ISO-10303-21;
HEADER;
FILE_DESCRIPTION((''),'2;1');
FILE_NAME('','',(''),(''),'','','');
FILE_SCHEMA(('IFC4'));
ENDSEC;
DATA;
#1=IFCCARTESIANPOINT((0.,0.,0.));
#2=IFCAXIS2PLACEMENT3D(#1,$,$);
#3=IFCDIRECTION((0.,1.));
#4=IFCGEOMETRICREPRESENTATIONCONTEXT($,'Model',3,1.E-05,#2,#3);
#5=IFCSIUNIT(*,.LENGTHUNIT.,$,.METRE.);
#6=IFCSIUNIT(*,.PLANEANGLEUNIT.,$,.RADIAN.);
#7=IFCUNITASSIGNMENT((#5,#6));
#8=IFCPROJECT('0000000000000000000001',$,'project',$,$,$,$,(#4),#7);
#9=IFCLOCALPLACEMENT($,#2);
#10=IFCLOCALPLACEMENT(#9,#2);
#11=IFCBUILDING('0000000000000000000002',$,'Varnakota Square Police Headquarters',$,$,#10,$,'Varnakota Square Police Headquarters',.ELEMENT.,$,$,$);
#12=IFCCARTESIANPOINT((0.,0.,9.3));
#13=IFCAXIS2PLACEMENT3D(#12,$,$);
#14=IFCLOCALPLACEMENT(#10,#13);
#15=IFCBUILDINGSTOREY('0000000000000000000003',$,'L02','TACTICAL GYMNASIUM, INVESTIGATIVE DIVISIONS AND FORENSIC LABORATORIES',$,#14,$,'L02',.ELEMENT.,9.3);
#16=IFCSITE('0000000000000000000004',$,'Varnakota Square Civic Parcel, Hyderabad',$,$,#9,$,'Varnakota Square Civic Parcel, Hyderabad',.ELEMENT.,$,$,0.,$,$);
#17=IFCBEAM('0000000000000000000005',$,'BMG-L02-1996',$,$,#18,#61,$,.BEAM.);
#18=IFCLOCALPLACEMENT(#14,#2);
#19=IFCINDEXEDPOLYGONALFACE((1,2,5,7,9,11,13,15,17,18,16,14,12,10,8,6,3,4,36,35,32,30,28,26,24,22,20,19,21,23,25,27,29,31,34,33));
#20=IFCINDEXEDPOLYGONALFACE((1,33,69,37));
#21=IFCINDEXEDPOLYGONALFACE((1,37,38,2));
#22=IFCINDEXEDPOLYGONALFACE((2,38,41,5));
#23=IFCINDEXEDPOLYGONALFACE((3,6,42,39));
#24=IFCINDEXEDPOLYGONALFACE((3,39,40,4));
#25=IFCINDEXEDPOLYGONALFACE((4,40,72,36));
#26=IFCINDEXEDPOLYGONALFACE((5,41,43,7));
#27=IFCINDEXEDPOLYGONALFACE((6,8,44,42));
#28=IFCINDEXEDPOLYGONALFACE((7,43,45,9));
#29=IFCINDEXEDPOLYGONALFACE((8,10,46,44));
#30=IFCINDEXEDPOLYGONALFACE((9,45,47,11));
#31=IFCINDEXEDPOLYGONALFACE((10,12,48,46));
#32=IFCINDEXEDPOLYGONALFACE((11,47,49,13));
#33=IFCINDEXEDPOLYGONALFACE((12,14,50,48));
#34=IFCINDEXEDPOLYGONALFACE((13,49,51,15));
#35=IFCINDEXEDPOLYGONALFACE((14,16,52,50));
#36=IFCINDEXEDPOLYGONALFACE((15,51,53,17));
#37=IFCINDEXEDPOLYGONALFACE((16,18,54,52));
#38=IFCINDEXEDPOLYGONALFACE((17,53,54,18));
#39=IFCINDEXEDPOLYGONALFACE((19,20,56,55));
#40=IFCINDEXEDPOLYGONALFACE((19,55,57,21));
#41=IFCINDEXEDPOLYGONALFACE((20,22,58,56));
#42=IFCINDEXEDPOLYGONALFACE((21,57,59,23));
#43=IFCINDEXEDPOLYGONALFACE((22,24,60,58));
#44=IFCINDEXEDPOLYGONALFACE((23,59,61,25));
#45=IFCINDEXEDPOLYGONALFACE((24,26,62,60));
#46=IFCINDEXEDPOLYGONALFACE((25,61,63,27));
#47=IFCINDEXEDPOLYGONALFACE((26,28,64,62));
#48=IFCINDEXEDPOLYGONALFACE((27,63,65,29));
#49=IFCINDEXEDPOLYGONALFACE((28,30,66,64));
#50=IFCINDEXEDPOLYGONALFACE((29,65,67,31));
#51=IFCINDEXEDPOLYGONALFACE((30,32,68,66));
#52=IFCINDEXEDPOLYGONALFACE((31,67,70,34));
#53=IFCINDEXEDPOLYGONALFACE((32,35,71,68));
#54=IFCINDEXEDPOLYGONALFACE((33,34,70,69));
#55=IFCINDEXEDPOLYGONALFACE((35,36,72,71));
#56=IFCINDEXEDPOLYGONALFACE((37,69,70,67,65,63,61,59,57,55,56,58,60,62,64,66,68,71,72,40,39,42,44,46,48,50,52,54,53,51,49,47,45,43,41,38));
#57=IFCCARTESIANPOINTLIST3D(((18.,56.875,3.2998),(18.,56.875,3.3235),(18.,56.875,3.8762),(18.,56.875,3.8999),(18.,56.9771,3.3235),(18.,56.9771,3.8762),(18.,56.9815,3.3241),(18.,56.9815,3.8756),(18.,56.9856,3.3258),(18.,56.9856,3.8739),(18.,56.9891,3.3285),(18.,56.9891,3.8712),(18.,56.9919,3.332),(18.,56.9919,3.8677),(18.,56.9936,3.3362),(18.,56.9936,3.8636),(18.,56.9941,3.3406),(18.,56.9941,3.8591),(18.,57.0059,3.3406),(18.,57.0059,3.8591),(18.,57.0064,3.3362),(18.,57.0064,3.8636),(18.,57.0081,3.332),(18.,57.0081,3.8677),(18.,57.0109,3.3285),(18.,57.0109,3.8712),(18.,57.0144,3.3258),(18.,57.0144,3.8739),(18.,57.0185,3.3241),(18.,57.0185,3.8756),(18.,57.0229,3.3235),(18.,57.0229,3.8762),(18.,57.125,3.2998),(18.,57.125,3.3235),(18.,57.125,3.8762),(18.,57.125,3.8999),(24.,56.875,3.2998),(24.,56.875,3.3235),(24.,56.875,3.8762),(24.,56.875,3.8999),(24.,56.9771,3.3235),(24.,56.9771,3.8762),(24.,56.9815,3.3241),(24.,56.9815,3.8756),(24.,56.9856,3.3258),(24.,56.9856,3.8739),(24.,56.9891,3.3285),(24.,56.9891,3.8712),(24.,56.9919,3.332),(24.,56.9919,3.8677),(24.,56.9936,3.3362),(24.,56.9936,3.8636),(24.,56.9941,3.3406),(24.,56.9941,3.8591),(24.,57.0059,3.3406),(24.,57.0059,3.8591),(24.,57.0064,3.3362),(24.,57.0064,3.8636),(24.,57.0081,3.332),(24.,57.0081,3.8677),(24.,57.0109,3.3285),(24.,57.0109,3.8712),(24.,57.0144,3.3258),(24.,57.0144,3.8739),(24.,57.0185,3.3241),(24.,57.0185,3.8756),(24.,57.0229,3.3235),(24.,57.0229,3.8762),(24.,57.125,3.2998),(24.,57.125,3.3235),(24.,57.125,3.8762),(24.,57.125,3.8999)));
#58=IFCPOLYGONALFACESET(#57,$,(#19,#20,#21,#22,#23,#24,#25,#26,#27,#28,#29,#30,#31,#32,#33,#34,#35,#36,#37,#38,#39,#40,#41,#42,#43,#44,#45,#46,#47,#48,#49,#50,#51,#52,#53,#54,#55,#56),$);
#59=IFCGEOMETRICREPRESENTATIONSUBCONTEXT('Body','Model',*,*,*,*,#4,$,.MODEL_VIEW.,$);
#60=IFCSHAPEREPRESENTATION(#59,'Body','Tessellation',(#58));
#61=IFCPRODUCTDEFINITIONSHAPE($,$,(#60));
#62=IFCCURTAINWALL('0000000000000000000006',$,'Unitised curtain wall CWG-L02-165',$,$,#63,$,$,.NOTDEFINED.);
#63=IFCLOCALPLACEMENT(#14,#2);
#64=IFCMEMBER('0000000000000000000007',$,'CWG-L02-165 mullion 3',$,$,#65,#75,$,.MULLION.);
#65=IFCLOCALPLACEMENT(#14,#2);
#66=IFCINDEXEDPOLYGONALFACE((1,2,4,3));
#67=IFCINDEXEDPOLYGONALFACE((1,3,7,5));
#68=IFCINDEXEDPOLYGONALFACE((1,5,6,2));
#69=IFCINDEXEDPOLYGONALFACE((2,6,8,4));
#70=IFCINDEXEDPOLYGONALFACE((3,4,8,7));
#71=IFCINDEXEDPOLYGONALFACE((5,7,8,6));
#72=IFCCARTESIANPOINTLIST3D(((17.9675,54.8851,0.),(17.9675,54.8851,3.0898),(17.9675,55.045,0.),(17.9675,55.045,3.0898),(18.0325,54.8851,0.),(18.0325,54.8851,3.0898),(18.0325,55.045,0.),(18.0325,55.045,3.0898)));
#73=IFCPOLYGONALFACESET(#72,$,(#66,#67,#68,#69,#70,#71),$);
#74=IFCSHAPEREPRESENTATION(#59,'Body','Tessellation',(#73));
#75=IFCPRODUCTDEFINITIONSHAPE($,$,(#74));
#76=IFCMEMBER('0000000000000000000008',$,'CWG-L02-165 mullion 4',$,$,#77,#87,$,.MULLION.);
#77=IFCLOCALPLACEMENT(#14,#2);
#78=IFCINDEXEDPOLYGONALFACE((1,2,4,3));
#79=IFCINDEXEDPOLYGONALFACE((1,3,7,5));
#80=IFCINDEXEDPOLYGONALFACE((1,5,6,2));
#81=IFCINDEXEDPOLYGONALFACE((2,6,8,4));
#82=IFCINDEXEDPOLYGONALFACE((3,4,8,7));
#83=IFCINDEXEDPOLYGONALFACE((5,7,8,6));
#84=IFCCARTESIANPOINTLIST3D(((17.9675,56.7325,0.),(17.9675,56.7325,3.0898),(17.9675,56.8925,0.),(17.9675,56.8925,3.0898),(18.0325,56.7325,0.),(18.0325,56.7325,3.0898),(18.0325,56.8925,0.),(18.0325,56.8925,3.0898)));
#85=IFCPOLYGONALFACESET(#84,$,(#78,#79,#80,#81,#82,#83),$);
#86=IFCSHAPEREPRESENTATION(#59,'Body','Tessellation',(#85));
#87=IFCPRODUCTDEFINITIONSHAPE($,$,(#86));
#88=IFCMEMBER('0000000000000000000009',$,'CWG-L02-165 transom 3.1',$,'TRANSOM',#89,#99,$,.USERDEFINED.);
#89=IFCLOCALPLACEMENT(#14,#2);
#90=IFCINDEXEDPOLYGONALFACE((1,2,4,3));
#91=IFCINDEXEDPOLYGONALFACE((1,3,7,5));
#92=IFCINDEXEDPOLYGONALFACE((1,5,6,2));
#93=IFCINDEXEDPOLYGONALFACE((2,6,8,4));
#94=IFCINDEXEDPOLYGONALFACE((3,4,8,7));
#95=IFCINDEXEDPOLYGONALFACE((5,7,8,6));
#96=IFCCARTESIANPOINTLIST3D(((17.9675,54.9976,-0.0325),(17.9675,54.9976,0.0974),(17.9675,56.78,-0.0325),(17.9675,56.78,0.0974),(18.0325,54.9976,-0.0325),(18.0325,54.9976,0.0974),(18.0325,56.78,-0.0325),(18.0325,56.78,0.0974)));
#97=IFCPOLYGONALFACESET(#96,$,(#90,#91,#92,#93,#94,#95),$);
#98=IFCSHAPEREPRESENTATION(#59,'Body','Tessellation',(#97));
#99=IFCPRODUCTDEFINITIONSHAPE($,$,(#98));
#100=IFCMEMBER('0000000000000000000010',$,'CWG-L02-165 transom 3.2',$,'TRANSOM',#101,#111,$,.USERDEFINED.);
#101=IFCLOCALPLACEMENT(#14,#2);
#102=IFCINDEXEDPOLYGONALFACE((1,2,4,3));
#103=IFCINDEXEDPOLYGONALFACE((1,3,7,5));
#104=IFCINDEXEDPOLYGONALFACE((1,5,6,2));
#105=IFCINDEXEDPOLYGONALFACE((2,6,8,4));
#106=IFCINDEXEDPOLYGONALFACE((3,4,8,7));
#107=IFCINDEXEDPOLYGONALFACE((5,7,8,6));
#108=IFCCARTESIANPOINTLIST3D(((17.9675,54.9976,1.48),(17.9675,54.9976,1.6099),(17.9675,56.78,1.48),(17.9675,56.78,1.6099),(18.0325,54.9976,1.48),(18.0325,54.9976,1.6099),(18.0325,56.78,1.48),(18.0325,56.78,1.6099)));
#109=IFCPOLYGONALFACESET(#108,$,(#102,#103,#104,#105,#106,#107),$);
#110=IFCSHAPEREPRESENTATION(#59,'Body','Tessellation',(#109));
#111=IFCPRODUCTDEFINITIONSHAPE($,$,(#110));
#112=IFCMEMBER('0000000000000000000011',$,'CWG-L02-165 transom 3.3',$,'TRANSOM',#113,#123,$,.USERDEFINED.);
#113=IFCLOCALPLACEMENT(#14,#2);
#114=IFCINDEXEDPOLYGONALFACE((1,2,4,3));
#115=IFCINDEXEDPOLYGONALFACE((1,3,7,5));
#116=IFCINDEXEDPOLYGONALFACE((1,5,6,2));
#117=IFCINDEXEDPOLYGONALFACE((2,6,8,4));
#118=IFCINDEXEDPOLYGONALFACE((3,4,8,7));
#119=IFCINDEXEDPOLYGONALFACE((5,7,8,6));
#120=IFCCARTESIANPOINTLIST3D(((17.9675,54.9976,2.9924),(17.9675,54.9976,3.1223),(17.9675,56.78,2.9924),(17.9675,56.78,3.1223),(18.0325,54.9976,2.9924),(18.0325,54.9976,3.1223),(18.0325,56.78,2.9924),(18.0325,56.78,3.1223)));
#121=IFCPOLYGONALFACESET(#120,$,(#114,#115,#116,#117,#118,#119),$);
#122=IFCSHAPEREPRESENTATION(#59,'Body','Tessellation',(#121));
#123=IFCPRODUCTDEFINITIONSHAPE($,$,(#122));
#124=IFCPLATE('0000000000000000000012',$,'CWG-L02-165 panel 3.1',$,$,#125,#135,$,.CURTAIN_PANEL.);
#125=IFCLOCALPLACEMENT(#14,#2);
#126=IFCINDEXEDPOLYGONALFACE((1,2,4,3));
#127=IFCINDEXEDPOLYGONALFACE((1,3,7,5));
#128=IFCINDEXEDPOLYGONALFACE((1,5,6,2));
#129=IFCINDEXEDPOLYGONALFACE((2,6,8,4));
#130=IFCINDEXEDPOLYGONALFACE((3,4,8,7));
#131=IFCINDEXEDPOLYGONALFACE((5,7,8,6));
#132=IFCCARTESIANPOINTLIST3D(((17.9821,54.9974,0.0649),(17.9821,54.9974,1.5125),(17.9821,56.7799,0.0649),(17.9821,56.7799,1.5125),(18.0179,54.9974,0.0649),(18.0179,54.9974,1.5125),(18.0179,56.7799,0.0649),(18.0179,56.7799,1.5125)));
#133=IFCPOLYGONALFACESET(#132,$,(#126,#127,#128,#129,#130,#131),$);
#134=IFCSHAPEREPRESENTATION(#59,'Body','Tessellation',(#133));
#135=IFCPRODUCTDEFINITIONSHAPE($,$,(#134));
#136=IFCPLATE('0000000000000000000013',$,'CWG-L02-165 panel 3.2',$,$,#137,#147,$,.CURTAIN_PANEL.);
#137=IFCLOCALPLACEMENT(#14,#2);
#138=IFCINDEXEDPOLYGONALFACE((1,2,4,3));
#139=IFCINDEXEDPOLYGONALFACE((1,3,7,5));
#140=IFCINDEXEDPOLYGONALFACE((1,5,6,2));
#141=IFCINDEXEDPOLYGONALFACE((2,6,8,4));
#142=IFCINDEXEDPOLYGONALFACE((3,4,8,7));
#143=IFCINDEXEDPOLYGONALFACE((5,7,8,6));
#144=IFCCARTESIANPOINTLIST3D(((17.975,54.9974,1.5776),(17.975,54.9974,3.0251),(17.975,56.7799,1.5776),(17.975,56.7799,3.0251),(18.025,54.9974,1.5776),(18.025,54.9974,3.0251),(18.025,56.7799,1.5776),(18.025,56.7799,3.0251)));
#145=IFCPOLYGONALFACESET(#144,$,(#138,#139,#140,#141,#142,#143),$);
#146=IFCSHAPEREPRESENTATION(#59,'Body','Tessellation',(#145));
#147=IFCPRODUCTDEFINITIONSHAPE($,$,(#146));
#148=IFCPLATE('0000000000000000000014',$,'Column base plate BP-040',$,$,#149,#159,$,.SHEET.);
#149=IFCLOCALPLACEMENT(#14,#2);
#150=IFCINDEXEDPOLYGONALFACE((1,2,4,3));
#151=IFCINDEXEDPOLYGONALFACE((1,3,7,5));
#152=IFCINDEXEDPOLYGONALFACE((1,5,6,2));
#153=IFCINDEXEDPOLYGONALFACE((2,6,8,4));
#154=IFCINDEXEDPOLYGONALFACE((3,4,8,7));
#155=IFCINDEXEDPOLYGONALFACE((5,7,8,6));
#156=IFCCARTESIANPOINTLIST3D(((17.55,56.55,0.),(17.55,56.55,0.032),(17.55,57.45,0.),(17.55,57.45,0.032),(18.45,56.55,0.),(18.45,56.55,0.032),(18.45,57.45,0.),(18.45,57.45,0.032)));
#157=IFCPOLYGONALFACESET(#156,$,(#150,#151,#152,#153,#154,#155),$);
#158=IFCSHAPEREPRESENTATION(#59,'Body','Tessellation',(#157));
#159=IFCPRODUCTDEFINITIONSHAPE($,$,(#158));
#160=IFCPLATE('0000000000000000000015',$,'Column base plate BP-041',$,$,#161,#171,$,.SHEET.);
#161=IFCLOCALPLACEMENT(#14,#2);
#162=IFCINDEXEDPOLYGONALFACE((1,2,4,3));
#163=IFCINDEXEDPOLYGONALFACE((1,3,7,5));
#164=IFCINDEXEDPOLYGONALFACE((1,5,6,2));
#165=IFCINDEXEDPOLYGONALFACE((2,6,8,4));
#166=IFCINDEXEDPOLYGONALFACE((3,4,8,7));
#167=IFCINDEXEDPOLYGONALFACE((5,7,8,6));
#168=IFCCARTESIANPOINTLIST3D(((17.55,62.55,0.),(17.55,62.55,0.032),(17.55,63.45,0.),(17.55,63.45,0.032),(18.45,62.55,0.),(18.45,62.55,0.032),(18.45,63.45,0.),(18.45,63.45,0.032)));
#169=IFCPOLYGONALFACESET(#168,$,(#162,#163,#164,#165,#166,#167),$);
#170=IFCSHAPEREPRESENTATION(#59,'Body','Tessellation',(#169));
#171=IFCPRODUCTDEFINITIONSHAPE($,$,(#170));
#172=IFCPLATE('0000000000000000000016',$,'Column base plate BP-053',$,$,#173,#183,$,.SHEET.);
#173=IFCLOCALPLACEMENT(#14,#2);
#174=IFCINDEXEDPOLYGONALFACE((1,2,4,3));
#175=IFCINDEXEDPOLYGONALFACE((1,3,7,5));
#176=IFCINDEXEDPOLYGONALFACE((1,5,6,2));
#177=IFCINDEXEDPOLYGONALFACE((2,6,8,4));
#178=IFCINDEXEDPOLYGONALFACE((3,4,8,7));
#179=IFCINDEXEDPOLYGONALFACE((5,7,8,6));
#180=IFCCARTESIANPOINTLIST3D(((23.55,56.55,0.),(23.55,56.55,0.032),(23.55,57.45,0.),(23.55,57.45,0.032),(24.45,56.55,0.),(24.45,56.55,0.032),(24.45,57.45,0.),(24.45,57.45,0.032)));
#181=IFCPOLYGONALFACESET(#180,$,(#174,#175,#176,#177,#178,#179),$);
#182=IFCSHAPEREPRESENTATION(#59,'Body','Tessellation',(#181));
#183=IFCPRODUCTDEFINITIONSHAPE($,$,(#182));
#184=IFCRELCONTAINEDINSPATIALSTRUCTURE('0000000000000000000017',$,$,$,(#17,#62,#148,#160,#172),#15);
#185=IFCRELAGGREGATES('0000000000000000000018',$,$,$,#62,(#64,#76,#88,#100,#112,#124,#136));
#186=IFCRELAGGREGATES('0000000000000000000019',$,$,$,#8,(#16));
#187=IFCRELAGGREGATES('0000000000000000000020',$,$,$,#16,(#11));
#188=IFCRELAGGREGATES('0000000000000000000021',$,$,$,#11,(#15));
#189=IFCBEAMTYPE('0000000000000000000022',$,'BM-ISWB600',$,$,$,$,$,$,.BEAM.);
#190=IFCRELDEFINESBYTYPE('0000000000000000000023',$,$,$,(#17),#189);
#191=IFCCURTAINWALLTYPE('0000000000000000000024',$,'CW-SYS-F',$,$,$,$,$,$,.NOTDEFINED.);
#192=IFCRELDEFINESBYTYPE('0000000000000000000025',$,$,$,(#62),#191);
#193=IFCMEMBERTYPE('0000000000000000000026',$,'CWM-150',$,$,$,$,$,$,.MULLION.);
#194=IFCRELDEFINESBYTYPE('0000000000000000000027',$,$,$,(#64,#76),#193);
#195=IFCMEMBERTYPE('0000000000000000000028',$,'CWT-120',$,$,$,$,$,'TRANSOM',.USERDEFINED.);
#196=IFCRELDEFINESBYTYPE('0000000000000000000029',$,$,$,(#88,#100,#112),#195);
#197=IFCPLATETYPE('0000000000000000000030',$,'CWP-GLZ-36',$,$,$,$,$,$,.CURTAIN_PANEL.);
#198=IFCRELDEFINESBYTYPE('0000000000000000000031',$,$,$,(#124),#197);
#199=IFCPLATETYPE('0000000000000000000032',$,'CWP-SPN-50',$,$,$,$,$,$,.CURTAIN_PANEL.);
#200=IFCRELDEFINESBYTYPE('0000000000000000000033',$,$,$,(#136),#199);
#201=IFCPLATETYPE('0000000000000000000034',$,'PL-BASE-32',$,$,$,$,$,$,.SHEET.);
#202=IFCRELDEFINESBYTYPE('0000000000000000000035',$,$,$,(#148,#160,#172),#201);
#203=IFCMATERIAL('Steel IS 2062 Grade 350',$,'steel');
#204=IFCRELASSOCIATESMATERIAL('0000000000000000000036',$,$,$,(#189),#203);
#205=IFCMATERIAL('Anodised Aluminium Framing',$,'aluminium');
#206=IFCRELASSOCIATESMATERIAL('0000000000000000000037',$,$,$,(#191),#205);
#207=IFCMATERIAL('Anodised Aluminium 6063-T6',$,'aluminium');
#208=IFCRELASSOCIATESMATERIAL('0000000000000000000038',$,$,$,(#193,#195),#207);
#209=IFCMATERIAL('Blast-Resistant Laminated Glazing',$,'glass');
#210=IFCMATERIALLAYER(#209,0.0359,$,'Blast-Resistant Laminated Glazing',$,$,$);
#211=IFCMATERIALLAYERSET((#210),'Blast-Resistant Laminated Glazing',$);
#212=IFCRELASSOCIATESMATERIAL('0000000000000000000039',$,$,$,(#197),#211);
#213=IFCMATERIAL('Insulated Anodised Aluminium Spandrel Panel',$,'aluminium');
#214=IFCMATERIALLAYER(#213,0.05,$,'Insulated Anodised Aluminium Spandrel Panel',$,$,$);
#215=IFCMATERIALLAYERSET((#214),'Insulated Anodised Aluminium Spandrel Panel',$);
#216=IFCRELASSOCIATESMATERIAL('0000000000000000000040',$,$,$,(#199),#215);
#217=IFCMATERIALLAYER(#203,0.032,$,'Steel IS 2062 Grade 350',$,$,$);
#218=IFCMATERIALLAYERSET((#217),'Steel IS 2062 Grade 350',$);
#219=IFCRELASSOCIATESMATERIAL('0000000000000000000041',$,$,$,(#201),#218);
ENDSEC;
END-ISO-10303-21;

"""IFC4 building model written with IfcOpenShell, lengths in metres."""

from ifc_helpers import new_model, si_unit, direction, frame, origin, origin_2d, place, context, subcontext, project, spatial, rectangle, i_section, extrude, material, layer, layer_set, material_profile, profile_set, type_object, element, aggregate, save


model = new_model("IFC4")

# Units and contexts
model_context = context("Model", 3, precision=1e-05, world=origin(), true_north=direction((0.0, 1.0)))
body_context = subcontext(model_context, "Body", "Model", "MODEL_VIEW")
ifc_project = project(units=[si_unit("LENGTHUNIT", "METRE"), si_unit("PLANEANGLEUNIT", "RADIAN")], contexts=[model_context])

# Site, building, storey
site_placement = place(None, origin())
site = spatial("IfcSite", under=ifc_project, at=site_placement, Name="Varnakota Square Civic Parcel, Hyderabad", LongName="Varnakota Square Civic Parcel, Hyderabad", CompositionType="ELEMENT", RefElevation=0.0)
building_placement = place(site_placement, origin())
building = spatial("IfcBuilding", under=site, at=building_placement, Name="Varnakota Square Police Headquarters", LongName="Varnakota Square Police Headquarters", CompositionType="ELEMENT")
storey_placement = place(building_placement, frame((0.0, 0.0, 9.3)))
storey = spatial("IfcBuildingStorey", under=building, at=storey_placement, Name="L02", Description="TACTICAL GYMNASIUM, INVESTIGATIVE DIVISIONS AND FORENSIC LABORATORIES", LongName="L02", CompositionType="ELEMENT", Elevation=9.3)

# Shared definitions
ifc_material_1 = material(Name="Steel IS 2062 Grade 350", Category="steel")

# Beam
ifc_material_profile_1 = material_profile(ifc_material_1, i_section(OverallWidth=0.25, OverallDepth=0.6001, WebThickness=0.0117, FlangeThickness=0.0237, FilletRadius=0.0171, at=origin_2d()), Name="ISWB 600")
ifc_profile_set_1 = profile_set([ifc_material_profile_1], Name="Steel IS 2062 Grade 350")
beam_type_1 = type_object("IfcBeamType", Name="BM-ISWB600", PredefinedType="BEAM", material=ifc_profile_set_1)
beam_1_placement = place(storey_placement, frame((18.0, 57.0, 3.5999), z_axis=(1.0, 0.0, 0.0), x_axis=(0.0, 1.0, 0.0)))
element("IfcBeam", 1, at=beam_1_placement, inside=storey, type_object=beam_type_1, Name="BMG-L02-1996", PredefinedType="BEAM", context=body_context, shape_type="SweptSolid", body=[
    extrude(i_section(OverallWidth=0.25, OverallDepth=0.6001, WebThickness=0.0117, FlangeThickness=0.0237, FilletRadius=0.0171, at=origin_2d()), origin(), (0.0, 0.0, 1.0), 6.0),
])

# Curtain wall, members, plates
ifc_material_2 = material(Name="Anodised Aluminium Framing", Category="aluminium")
curtain_wall_type = type_object("IfcCurtainWallType", Name="CW-SYS-F", PredefinedType="NOTDEFINED", material=ifc_material_2)
curtain_wall_placement = place(storey_placement, origin())
curtain_wall = element("IfcCurtainWall", 2, at=curtain_wall_placement, inside=storey, type_object=curtain_wall_type, Name="Unitised curtain wall CWG-L02-165", PredefinedType="NOTDEFINED")
ifc_material_3 = material(Name="Anodised Aluminium 6063-T6", Category="aluminium")
ifc_material_profile_2 = material_profile(ifc_material_3, rectangle(XDim=0.0649, YDim=0.1599, at=origin_2d()), Name="ALU MULLION 65x160")
ifc_profile_set_2 = profile_set([ifc_material_profile_2], Name="Anodised Aluminium 6063-T6")
member_type_1 = type_object("IfcMemberType", Name="CWM-150", PredefinedType="MULLION", material=ifc_profile_set_2)
member_1_placement = place(storey_placement, frame((18.0, 54.9651, 0.0), z_axis=(0.0, 0.0, 1.0), x_axis=(-1.0, 0.0, 0.0)))
member_1 = element("IfcMember", 3, at=member_1_placement, type_object=member_type_1, Name="CWG-L02-165 mullion 3", PredefinedType="MULLION", context=body_context, shape_type="SweptSolid", body=[
    extrude(rectangle(XDim=0.0649, YDim=0.1599, at=origin_2d()), origin(), (0.0, 0.0, 1.0), 3.0898),
])
member_2_placement = place(storey_placement, frame((18.0, 56.8125, 0.0), z_axis=(0.0, 0.0, 1.0), x_axis=(-1.0, 0.0, 0.0)))
member_2 = element("IfcMember", 4, at=member_2_placement, type_object=member_type_1, Name="CWG-L02-165 mullion 4", PredefinedType="MULLION", context=body_context, shape_type="SweptSolid", body=[
    extrude(rectangle(XDim=0.0649, YDim=0.1599, at=origin_2d()), origin(), (0.0, 0.0, 1.0), 3.0898),
])
ifc_material_profile_3 = material_profile(ifc_material_3, rectangle(XDim=0.0649, YDim=0.1299, at=origin_2d()), Name="ALU TRANSOM 65x130")
ifc_profile_set_3 = profile_set([ifc_material_profile_3], Name="Anodised Aluminium 6063-T6")
member_type_2 = type_object("IfcMemberType", Name="CWT-120", ElementType="TRANSOM", PredefinedType="USERDEFINED", material=ifc_profile_set_3)
member_3_placement = place(storey_placement, frame((18.0, 54.9976, 0.0325), z_axis=(0.0, 1.0, 0.0), x_axis=(-1.0, 0.0, 0.0)))
member_3 = element("IfcMember", 5, at=member_3_placement, type_object=member_type_2, Name="CWG-L02-165 transom 3.1", ObjectType="TRANSOM", PredefinedType="USERDEFINED", context=body_context, shape_type="SweptSolid", body=[
    extrude(rectangle(XDim=0.0649, YDim=0.1299, at=origin_2d()), origin(), (0.0, 0.0, 1.0), 1.7825),
])
member_4_placement = place(storey_placement, frame((18.0, 54.9976, 1.5449), z_axis=(0.0, 1.0, 0.0), x_axis=(-1.0, 0.0, 0.0)))
member_4 = element("IfcMember", 6, at=member_4_placement, type_object=member_type_2, Name="CWG-L02-165 transom 3.2", ObjectType="TRANSOM", PredefinedType="USERDEFINED", context=body_context, shape_type="SweptSolid", body=[
    extrude(rectangle(XDim=0.0649, YDim=0.1299, at=origin_2d()), origin(), (0.0, 0.0, 1.0), 1.7825),
])
member_5_placement = place(storey_placement, frame((18.0, 54.9976, 3.0574), z_axis=(0.0, 1.0, 0.0), x_axis=(-1.0, 0.0, 0.0)))
member_5 = element("IfcMember", 7, at=member_5_placement, type_object=member_type_2, Name="CWG-L02-165 transom 3.3", ObjectType="TRANSOM", PredefinedType="USERDEFINED", context=body_context, shape_type="SweptSolid", body=[
    extrude(rectangle(XDim=0.0649, YDim=0.1299, at=origin_2d()), origin(), (0.0, 0.0, 1.0), 1.7825),
])
ifc_material_4 = material(Name="Blast-Resistant Laminated Glazing", Category="glass")
ifc_layer_1 = layer(ifc_material_4, 0.0359, Name="Blast-Resistant Laminated Glazing")
ifc_layer_set_1 = layer_set([ifc_layer_1], Name="Blast-Resistant Laminated Glazing")
plate_type_1 = type_object("IfcPlateType", Name="CWP-GLZ-36", PredefinedType="CURTAIN_PANEL", material=ifc_layer_set_1)
plate_1_placement = place(storey_placement, frame((18.0, 55.8887, 0.0649), z_axis=(0.0, 0.0, 1.0), x_axis=(0.0, 1.0, 0.0)))
plate_1 = element("IfcPlate", 8, at=plate_1_placement, type_object=plate_type_1, Name="CWG-L02-165 panel 3.1", PredefinedType="CURTAIN_PANEL", context=body_context, shape_type="SweptSolid", body=[
    extrude(rectangle(XDim=1.7825, YDim=0.0359, at=origin_2d()), origin(), (0.0, 0.0, 1.0), 1.4475),
])
ifc_material_5 = material(Name="Insulated Anodised Aluminium Spandrel Panel", Category="aluminium")
ifc_layer_2 = layer(ifc_material_5, 0.05, Name="Insulated Anodised Aluminium Spandrel Panel")
ifc_layer_set_2 = layer_set([ifc_layer_2], Name="Insulated Anodised Aluminium Spandrel Panel")
plate_type_2 = type_object("IfcPlateType", Name="CWP-SPN-50", PredefinedType="CURTAIN_PANEL", material=ifc_layer_set_2)
plate_2_placement = place(storey_placement, frame((18.0, 55.8887, 1.5776), z_axis=(0.0, 0.0, 1.0), x_axis=(0.0, 1.0, 0.0)))
plate_2 = element("IfcPlate", 9, at=plate_2_placement, type_object=plate_type_2, Name="CWG-L02-165 panel 3.2", PredefinedType="CURTAIN_PANEL", context=body_context, shape_type="SweptSolid", body=[
    extrude(rectangle(XDim=1.7825, YDim=0.05, at=origin_2d()), origin(), (0.0, 0.0, 1.0), 1.4475),
])
aggregate(curtain_wall, [member_1, member_2, member_3, member_4, member_5, plate_1, plate_2])

# Plates
ifc_layer_3 = layer(ifc_material_1, 0.032, Name="Steel IS 2062 Grade 350")
ifc_layer_set_3 = layer_set([ifc_layer_3], Name="Steel IS 2062 Grade 350")
plate_type_3 = type_object("IfcPlateType", Name="PL-BASE-32", PredefinedType="SHEET", material=ifc_layer_set_3)
for number, where, z_axis, x_axis, name in (
    (10, (18.0, 57.0, 0.0), (0.0, 0.0, 1.0), (1.0, 0.0, 0.0), "Column base plate BP-040"),
    (11, (18.0, 63.0, 0.0), (0.0, 0.0, 1.0), (1.0, 0.0, 0.0), "Column base plate BP-041"),
    (12, (24.0, 57.0, 0.0), (0.0, 0.0, 1.0), (1.0, 0.0, 0.0), "Column base plate BP-053"),
):
    element("IfcPlate", number, at=place(storey_placement, frame(where, z_axis=z_axis, x_axis=x_axis)), inside=storey, type_object=plate_type_3, Name=name, PredefinedType="SHEET", context=body_context, shape_type="SweptSolid", body=[
        extrude(rectangle(XDim=0.8999, YDim=0.8999, at=origin_2d()), origin(), (0.0, 0.0, 1.0), 0.032),
    ])

save(model, "model.ifc")
